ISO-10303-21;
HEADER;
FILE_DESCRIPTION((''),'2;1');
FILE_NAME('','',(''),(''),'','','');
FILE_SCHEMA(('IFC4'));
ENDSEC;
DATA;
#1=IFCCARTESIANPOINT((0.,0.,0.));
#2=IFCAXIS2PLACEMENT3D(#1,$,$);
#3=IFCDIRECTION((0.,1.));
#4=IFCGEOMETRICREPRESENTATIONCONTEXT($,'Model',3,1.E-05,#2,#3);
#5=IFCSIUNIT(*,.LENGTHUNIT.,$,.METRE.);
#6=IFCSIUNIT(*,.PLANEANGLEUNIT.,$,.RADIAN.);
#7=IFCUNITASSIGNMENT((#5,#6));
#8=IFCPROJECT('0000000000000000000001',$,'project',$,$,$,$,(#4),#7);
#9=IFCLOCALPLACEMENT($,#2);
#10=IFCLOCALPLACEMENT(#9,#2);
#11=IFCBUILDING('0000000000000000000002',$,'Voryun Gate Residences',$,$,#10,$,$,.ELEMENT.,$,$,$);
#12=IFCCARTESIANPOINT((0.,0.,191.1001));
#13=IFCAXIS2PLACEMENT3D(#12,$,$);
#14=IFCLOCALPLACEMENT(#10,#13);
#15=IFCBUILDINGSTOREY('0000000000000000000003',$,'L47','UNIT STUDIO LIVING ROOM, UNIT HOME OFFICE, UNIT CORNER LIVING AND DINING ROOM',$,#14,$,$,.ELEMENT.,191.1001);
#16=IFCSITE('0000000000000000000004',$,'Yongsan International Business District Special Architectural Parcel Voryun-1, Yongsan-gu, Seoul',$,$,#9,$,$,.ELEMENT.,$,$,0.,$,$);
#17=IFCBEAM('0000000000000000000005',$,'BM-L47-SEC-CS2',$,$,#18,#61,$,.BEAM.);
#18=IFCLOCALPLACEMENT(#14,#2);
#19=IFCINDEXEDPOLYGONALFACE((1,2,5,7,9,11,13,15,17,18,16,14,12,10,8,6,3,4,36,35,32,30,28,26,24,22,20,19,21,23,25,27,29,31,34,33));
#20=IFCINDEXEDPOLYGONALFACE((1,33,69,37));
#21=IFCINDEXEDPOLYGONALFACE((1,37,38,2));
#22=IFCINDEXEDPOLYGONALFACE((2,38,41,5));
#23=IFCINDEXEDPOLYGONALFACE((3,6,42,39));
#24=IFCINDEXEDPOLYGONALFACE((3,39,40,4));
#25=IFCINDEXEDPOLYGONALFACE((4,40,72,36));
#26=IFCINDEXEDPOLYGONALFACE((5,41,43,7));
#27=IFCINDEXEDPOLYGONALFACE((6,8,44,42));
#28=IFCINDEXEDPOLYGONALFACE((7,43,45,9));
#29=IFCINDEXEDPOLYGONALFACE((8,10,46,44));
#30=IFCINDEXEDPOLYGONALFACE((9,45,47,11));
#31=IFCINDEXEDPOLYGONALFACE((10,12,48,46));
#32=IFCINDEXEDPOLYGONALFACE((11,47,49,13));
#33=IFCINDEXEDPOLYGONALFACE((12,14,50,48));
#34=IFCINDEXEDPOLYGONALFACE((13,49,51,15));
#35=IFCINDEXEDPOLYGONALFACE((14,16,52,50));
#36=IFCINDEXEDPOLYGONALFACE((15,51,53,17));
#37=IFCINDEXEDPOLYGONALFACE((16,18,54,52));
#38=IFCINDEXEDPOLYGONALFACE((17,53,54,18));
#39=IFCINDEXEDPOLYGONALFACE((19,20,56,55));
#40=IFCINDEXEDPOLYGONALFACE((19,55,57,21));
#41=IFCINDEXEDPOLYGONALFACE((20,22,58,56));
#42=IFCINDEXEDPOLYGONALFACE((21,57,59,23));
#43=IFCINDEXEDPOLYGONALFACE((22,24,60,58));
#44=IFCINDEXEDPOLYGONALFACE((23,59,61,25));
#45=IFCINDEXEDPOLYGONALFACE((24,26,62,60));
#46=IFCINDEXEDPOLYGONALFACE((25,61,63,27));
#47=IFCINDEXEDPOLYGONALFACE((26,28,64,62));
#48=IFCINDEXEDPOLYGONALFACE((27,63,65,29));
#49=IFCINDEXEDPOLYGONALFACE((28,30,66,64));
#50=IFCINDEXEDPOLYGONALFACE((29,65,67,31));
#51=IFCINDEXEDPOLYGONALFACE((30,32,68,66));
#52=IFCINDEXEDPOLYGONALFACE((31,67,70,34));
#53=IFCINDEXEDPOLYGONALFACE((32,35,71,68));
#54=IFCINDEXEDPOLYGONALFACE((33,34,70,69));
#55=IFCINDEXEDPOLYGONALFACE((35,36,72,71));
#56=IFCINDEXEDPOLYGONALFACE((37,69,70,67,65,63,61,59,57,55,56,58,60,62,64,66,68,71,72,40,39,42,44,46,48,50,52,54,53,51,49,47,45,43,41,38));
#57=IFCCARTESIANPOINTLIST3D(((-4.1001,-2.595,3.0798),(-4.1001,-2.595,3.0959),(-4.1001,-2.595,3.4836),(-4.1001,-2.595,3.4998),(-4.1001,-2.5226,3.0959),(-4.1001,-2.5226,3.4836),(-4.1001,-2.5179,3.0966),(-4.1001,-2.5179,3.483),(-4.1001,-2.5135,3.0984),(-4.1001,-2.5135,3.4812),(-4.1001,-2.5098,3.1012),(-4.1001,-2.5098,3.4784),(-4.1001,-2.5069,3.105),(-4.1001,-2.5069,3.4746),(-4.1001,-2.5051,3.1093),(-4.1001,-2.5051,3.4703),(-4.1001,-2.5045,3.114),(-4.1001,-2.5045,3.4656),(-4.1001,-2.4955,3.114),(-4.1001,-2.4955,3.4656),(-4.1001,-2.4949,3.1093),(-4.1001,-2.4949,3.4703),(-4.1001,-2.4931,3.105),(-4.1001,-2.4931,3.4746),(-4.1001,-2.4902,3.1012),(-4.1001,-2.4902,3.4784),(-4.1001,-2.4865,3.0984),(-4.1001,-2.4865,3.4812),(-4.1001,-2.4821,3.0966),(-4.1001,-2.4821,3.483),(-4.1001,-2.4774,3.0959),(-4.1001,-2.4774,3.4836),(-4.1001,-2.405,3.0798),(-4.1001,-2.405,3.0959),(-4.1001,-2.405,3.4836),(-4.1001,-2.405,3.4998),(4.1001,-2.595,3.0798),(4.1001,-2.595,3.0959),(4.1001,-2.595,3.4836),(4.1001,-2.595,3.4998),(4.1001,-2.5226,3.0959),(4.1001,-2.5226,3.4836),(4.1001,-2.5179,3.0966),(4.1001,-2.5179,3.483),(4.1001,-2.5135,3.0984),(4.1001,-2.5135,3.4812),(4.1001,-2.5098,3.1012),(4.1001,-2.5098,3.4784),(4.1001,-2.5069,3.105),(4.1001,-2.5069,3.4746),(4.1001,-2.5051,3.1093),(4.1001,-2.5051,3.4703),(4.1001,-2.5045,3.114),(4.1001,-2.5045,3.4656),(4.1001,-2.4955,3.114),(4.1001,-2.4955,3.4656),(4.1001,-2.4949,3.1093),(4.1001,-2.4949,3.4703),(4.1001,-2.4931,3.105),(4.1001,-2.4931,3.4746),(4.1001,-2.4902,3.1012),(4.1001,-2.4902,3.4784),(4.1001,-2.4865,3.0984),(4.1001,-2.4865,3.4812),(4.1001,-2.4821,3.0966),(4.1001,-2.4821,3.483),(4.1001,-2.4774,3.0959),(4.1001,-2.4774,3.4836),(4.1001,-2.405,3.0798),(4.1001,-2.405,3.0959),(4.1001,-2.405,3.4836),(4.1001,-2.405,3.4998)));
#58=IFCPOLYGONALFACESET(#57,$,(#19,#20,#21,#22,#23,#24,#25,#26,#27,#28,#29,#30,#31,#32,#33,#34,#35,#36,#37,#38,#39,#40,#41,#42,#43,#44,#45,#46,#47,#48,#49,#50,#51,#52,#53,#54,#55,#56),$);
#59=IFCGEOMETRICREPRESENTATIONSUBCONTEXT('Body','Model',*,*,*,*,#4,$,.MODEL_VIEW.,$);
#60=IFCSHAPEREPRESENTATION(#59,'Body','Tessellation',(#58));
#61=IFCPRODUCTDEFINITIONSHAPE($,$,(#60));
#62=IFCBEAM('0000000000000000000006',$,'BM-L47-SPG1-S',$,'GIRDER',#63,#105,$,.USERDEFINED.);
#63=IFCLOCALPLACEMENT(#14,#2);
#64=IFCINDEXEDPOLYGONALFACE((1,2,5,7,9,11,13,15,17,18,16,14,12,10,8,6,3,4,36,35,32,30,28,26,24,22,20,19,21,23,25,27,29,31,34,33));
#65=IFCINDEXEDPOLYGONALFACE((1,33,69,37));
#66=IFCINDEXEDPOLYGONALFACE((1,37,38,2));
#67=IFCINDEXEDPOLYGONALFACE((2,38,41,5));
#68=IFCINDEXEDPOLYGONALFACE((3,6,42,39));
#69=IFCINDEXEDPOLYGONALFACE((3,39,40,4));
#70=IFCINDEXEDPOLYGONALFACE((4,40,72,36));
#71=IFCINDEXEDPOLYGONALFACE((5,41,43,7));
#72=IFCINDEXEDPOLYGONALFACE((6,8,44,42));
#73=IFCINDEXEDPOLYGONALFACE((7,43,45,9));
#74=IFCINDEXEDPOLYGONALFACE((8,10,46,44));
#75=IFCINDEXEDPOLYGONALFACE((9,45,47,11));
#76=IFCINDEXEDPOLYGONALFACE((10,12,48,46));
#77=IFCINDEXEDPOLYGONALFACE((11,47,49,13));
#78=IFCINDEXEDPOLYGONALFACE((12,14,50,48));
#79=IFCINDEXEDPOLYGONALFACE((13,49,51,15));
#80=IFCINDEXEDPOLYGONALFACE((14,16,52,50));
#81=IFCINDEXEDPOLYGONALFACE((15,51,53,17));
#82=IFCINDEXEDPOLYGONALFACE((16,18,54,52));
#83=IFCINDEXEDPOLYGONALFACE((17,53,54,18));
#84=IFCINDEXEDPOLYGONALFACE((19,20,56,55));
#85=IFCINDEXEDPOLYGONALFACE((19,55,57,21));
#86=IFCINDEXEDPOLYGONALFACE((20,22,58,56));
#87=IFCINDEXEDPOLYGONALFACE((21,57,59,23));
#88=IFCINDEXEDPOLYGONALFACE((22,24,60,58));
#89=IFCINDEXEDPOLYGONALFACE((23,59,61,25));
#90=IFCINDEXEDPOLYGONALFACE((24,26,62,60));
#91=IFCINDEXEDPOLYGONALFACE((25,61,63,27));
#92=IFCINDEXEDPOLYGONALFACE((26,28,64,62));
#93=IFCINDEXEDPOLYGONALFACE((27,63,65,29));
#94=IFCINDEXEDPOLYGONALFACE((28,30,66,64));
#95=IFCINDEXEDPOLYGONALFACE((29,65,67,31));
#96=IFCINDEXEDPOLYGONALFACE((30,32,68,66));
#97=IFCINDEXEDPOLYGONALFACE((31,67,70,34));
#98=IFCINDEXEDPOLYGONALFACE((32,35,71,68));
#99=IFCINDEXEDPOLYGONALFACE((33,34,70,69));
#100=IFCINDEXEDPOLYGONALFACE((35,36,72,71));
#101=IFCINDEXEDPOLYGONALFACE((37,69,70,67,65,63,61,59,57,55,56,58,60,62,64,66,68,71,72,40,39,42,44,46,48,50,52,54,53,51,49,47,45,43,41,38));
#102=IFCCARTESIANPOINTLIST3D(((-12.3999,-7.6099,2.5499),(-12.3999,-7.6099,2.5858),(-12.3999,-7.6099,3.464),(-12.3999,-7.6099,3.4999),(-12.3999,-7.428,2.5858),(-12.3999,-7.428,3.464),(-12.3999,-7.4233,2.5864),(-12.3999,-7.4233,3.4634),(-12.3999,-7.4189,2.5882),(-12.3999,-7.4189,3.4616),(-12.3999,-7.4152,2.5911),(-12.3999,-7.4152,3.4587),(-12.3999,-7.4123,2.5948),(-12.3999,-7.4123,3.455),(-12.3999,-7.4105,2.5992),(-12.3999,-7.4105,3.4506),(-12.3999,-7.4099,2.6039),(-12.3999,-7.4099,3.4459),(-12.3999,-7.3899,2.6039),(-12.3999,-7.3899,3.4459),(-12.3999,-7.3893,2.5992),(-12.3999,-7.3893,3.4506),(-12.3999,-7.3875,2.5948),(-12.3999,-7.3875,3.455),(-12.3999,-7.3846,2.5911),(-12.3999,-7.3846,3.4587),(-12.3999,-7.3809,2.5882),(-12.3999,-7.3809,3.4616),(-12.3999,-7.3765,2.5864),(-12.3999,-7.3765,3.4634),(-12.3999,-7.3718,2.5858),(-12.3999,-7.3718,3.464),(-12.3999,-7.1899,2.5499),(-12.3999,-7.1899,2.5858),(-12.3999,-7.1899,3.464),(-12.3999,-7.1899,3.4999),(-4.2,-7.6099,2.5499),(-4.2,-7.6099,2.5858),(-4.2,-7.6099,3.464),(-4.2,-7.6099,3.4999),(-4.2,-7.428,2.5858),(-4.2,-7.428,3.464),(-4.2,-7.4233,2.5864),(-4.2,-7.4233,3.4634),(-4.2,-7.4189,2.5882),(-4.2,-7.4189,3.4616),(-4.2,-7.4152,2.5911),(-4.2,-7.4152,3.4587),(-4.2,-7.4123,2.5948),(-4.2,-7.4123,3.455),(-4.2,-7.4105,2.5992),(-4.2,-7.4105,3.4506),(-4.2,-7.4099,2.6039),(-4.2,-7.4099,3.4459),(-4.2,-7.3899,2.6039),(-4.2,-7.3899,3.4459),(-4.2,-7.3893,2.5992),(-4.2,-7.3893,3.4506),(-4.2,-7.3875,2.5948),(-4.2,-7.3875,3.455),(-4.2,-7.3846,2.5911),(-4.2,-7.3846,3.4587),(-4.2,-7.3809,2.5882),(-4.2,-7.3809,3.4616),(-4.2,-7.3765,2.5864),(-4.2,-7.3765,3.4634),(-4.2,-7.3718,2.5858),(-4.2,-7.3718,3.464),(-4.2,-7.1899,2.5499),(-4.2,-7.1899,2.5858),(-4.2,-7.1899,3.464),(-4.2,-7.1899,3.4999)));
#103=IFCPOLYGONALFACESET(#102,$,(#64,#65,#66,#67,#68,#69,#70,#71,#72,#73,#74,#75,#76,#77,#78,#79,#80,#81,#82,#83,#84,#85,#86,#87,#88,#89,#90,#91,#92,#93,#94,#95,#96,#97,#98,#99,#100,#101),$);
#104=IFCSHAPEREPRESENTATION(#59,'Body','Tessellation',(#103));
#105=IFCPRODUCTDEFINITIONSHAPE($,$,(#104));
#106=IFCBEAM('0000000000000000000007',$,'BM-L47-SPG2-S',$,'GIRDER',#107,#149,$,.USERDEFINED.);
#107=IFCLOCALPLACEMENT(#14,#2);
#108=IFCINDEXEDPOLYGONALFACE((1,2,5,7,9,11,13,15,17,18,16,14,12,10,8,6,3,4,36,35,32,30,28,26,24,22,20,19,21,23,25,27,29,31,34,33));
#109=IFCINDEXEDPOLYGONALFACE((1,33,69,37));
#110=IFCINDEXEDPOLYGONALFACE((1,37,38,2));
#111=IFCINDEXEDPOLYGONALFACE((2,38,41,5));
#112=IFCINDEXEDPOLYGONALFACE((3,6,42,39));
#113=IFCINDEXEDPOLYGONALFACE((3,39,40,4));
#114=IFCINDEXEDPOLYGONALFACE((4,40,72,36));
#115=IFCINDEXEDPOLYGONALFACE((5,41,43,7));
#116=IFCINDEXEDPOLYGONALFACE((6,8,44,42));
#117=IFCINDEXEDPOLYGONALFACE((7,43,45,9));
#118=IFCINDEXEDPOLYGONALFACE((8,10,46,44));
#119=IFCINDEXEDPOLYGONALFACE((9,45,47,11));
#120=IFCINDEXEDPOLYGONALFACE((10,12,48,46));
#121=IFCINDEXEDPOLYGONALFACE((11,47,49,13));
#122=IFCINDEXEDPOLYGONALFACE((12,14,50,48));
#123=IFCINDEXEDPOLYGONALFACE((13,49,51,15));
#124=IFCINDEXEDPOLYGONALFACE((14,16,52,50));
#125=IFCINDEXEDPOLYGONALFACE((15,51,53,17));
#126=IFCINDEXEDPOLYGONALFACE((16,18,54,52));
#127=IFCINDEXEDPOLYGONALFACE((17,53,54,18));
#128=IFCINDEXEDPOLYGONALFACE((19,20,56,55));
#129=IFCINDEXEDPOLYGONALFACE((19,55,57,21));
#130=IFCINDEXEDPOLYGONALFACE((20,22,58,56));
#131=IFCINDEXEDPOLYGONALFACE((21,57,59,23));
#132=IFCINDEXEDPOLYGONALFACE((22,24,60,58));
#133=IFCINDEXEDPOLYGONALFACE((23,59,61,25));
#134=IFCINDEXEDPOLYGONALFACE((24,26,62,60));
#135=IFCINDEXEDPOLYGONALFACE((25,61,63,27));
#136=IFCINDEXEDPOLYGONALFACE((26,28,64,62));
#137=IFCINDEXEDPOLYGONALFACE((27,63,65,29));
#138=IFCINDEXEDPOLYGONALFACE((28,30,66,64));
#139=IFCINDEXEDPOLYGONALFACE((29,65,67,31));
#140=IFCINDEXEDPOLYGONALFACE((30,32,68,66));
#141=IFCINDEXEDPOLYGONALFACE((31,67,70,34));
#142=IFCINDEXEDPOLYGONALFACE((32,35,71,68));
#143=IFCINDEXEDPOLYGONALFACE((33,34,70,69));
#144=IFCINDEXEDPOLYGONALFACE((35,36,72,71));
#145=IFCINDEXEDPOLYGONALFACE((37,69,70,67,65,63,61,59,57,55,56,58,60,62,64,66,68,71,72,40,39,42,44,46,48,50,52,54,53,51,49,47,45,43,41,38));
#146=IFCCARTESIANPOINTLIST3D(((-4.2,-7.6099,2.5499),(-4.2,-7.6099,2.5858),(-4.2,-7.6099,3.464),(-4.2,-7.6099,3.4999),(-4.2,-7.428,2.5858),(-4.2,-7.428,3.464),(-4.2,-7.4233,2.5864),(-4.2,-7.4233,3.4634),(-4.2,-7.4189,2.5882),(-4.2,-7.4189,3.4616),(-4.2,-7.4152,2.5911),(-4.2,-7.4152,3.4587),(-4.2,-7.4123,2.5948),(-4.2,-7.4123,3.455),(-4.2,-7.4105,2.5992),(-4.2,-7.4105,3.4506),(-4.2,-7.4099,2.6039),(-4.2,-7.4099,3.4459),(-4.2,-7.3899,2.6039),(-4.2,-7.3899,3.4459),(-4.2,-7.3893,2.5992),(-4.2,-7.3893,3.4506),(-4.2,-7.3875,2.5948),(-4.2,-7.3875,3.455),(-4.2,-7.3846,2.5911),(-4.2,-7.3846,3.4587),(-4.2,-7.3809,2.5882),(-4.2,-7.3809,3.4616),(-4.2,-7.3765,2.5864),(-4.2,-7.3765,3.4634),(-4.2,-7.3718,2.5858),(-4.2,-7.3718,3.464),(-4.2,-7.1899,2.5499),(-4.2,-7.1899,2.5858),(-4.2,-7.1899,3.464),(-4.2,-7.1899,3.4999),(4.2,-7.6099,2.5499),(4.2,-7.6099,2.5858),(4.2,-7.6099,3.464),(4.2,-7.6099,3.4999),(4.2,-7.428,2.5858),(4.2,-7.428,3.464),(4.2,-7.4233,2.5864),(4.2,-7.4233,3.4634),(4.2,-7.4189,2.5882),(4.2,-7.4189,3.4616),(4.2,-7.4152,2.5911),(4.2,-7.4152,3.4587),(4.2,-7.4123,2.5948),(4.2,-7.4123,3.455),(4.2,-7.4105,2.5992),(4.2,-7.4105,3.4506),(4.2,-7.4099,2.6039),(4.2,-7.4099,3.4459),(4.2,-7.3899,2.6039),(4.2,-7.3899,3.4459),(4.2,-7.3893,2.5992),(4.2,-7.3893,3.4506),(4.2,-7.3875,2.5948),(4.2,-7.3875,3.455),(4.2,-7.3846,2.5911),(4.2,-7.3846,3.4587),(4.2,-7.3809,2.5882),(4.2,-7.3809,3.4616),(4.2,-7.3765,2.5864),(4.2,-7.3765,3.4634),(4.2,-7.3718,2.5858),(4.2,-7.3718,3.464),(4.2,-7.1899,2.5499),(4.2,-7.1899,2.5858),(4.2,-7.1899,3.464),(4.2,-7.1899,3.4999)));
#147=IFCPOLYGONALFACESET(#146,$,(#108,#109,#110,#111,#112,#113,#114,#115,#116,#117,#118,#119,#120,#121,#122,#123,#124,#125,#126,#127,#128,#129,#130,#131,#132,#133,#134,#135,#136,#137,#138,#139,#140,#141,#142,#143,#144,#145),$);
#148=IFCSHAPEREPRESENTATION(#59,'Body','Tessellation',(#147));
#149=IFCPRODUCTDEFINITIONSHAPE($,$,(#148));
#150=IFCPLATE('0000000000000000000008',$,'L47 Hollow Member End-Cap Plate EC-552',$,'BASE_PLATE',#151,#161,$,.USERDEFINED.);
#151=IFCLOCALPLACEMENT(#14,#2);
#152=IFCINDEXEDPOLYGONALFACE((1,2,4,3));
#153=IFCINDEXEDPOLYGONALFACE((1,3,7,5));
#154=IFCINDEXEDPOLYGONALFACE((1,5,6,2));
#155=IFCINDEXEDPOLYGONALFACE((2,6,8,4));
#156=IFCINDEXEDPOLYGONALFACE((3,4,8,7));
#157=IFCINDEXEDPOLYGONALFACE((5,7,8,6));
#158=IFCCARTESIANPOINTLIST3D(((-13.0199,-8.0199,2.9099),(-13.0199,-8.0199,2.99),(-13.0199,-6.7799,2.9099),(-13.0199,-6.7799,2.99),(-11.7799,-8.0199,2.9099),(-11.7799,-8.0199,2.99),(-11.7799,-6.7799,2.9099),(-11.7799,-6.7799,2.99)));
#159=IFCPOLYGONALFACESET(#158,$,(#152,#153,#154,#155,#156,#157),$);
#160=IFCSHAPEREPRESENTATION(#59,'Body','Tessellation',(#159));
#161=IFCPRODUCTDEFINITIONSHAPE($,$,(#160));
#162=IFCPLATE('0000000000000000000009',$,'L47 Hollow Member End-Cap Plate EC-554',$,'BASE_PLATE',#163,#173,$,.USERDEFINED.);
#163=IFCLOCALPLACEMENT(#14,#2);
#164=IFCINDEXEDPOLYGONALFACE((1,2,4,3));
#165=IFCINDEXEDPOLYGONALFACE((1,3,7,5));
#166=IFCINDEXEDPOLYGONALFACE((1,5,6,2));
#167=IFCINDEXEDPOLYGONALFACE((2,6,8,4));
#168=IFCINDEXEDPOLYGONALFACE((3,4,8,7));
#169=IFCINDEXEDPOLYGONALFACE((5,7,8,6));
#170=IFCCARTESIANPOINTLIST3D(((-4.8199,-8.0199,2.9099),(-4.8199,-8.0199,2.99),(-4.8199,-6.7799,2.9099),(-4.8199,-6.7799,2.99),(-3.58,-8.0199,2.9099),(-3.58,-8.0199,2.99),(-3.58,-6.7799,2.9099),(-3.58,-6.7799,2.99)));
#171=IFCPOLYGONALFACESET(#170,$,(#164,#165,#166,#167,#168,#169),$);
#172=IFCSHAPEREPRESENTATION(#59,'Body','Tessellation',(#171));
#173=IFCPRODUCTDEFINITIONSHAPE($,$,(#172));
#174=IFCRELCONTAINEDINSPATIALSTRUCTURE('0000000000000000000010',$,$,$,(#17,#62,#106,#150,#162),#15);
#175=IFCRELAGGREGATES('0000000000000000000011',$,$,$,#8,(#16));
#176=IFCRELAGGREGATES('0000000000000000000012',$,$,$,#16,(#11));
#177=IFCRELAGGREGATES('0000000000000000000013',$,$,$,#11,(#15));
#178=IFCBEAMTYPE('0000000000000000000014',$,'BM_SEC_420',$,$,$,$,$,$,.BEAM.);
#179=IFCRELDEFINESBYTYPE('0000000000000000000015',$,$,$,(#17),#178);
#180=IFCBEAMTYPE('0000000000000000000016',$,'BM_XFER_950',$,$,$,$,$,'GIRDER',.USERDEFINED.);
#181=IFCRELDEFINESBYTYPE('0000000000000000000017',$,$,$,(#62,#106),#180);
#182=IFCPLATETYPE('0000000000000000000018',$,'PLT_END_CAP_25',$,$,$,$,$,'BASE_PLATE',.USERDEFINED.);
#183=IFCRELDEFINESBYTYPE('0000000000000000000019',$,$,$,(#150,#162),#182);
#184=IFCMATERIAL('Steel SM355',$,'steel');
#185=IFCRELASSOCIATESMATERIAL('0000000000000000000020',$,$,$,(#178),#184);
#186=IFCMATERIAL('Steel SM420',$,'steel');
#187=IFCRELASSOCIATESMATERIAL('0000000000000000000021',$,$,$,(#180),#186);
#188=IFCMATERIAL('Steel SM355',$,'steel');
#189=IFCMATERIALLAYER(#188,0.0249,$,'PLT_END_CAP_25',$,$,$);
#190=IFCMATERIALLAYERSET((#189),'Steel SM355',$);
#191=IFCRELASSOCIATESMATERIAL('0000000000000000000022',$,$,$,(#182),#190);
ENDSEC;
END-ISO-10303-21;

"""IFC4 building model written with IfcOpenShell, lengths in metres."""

from ifc_helpers import new_model, si_unit, direction, frame, origin, origin_2d, place, context, subcontext, project, spatial, rectangle, i_section, extrude, material, layer, layer_set, material_profile, profile_set, type_object, element, save


model = new_model("IFC4")

# Units and contexts
model_context = context("Model", 3, precision=1e-05, world=origin(), true_north=direction((0.0, 1.0)))
body_context = subcontext(model_context, "Body", "Model", "MODEL_VIEW")
ifc_project = project(units=[si_unit("LENGTHUNIT", "METRE"), si_unit("PLANEANGLEUNIT", "RADIAN")], contexts=[model_context])

# Site, building, storey
site_placement = place(None, origin())
site = spatial("IfcSite", under=ifc_project, at=site_placement, Name="Yongsan International Business District Special Architectural Parcel Voryun-1, Yongsan-gu, Seoul", CompositionType="ELEMENT", RefElevation=0.0)
building_placement = place(site_placement, origin())
building = spatial("IfcBuilding", under=site, at=building_placement, Name="Voryun Gate Residences", CompositionType="ELEMENT")
storey_placement = place(building_placement, frame((0.0, 0.0, 191.1001)))
storey = spatial("IfcBuildingStorey", under=building, at=storey_placement, Name="L47", Description="UNIT STUDIO LIVING ROOM, UNIT HOME OFFICE, UNIT CORNER LIVING AND DINING ROOM", CompositionType="ELEMENT", Elevation=191.1001)

# Beams
ifc_material_1 = material(Name="Steel SM355", Category="steel")
ifc_material_profile_1 = material_profile(ifc_material_1, i_section(OverallWidth=0.1899, OverallDepth=0.4199, WebThickness=0.009, FlangeThickness=0.0161, FilletRadius=0.0181, at=origin_2d()), Name="H-420x190x9x16")
ifc_profile_set_1 = profile_set([ifc_material_profile_1], Name="Steel SM355")
beam_type_1 = type_object("IfcBeamType", Name="BM_SEC_420", PredefinedType="BEAM", material=ifc_profile_set_1)
beam_1_placement = place(storey_placement, frame((-4.1001, -2.5, 3.2898), z_axis=(1.0, 0.0, 0.0), x_axis=(0.0, 1.0, 0.0)))
element("IfcBeam", 1, at=beam_1_placement, inside=storey, type_object=beam_type_1, Name="BM-L47-SEC-CS2", PredefinedType="BEAM", context=body_context, shape_type="SweptSolid", body=[
    extrude(i_section(OverallWidth=0.1899, OverallDepth=0.4199, WebThickness=0.009, FlangeThickness=0.0161, FilletRadius=0.0181, at=origin_2d()), origin(), (0.0, 0.0, 1.0), 8.2002),
])
ifc_material_2 = material(Name="Steel SM420", Category="steel")
ifc_material_profile_2 = material_profile(ifc_material_2, i_section(OverallWidth=0.4199, OverallDepth=0.95, WebThickness=0.02, FlangeThickness=0.0359, FilletRadius=0.0181, at=origin_2d()), Name="H-950x420x20x36")
ifc_profile_set_2 = profile_set([ifc_material_profile_2], Name="Steel SM420")
beam_type_2 = type_object("IfcBeamType", Name="BM_XFER_950", ElementType="GIRDER", PredefinedType="USERDEFINED", material=ifc_profile_set_2)
beam_2_placement = place(storey_placement, frame((-12.3999, -7.3999, 3.0249), z_axis=(1.0, 0.0, 0.0), x_axis=(0.0, 1.0, 0.0)))
element("IfcBeam", 2, at=beam_2_placement, inside=storey, type_object=beam_type_2, Name="BM-L47-SPG1-S", ObjectType="GIRDER", PredefinedType="USERDEFINED", context=body_context, shape_type="SweptSolid", body=[
    extrude(i_section(OverallWidth=0.4199, OverallDepth=0.95, WebThickness=0.02, FlangeThickness=0.0359, FilletRadius=0.0181, at=origin_2d()), origin(), (0.0, 0.0, 1.0), 8.2),
])
beam_3_placement = place(storey_placement, frame((-4.2, -7.3999, 3.0249), z_axis=(1.0, 0.0, 0.0), x_axis=(0.0, 1.0, 0.0)))
element("IfcBeam", 3, at=beam_3_placement, inside=storey, type_object=beam_type_2, Name="BM-L47-SPG2-S", ObjectType="GIRDER", PredefinedType="USERDEFINED", context=body_context, shape_type="SweptSolid", body=[
    extrude(i_section(OverallWidth=0.4199, OverallDepth=0.95, WebThickness=0.02, FlangeThickness=0.0359, FilletRadius=0.0181, at=origin_2d()), origin(), (0.0, 0.0, 1.0), 8.3999),
])

# Plates
ifc_material_3 = material(Name="Steel SM355", Category="steel")
ifc_layer_1 = layer(ifc_material_3, 0.0249, Name="PLT_END_CAP_25")
ifc_layer_set_1 = layer_set([ifc_layer_1], Name="Steel SM355")
plate_type = type_object("IfcPlateType", Name="PLT_END_CAP_25", ElementType="BASE_PLATE", PredefinedType="USERDEFINED", material=ifc_layer_set_1)
for number, where, z_axis, x_axis, name in (
    (4, (-12.3999, -7.3999, 2.9099), (0.0, 0.0, 1.0), (1.0, 0.0, 0.0), "L47 Hollow Member End-Cap Plate EC-552"),
    (5, (-4.2, -7.3999, 2.9099), (0.0, 0.0, 1.0), (1.0, 0.0, 0.0), "L47 Hollow Member End-Cap Plate EC-554"),
):
    element("IfcPlate", number, at=place(storey_placement, frame(where, z_axis=z_axis, x_axis=x_axis)), inside=storey, type_object=plate_type, Name=name, ObjectType="BASE_PLATE", PredefinedType="USERDEFINED", context=body_context, shape_type="SweptSolid", body=[
        extrude(rectangle(XDim=1.24, YDim=1.24, at=origin_2d()), origin(), (0.0, 0.0, 1.0), 0.0801),
    ])

save(model, "model.ifc")
